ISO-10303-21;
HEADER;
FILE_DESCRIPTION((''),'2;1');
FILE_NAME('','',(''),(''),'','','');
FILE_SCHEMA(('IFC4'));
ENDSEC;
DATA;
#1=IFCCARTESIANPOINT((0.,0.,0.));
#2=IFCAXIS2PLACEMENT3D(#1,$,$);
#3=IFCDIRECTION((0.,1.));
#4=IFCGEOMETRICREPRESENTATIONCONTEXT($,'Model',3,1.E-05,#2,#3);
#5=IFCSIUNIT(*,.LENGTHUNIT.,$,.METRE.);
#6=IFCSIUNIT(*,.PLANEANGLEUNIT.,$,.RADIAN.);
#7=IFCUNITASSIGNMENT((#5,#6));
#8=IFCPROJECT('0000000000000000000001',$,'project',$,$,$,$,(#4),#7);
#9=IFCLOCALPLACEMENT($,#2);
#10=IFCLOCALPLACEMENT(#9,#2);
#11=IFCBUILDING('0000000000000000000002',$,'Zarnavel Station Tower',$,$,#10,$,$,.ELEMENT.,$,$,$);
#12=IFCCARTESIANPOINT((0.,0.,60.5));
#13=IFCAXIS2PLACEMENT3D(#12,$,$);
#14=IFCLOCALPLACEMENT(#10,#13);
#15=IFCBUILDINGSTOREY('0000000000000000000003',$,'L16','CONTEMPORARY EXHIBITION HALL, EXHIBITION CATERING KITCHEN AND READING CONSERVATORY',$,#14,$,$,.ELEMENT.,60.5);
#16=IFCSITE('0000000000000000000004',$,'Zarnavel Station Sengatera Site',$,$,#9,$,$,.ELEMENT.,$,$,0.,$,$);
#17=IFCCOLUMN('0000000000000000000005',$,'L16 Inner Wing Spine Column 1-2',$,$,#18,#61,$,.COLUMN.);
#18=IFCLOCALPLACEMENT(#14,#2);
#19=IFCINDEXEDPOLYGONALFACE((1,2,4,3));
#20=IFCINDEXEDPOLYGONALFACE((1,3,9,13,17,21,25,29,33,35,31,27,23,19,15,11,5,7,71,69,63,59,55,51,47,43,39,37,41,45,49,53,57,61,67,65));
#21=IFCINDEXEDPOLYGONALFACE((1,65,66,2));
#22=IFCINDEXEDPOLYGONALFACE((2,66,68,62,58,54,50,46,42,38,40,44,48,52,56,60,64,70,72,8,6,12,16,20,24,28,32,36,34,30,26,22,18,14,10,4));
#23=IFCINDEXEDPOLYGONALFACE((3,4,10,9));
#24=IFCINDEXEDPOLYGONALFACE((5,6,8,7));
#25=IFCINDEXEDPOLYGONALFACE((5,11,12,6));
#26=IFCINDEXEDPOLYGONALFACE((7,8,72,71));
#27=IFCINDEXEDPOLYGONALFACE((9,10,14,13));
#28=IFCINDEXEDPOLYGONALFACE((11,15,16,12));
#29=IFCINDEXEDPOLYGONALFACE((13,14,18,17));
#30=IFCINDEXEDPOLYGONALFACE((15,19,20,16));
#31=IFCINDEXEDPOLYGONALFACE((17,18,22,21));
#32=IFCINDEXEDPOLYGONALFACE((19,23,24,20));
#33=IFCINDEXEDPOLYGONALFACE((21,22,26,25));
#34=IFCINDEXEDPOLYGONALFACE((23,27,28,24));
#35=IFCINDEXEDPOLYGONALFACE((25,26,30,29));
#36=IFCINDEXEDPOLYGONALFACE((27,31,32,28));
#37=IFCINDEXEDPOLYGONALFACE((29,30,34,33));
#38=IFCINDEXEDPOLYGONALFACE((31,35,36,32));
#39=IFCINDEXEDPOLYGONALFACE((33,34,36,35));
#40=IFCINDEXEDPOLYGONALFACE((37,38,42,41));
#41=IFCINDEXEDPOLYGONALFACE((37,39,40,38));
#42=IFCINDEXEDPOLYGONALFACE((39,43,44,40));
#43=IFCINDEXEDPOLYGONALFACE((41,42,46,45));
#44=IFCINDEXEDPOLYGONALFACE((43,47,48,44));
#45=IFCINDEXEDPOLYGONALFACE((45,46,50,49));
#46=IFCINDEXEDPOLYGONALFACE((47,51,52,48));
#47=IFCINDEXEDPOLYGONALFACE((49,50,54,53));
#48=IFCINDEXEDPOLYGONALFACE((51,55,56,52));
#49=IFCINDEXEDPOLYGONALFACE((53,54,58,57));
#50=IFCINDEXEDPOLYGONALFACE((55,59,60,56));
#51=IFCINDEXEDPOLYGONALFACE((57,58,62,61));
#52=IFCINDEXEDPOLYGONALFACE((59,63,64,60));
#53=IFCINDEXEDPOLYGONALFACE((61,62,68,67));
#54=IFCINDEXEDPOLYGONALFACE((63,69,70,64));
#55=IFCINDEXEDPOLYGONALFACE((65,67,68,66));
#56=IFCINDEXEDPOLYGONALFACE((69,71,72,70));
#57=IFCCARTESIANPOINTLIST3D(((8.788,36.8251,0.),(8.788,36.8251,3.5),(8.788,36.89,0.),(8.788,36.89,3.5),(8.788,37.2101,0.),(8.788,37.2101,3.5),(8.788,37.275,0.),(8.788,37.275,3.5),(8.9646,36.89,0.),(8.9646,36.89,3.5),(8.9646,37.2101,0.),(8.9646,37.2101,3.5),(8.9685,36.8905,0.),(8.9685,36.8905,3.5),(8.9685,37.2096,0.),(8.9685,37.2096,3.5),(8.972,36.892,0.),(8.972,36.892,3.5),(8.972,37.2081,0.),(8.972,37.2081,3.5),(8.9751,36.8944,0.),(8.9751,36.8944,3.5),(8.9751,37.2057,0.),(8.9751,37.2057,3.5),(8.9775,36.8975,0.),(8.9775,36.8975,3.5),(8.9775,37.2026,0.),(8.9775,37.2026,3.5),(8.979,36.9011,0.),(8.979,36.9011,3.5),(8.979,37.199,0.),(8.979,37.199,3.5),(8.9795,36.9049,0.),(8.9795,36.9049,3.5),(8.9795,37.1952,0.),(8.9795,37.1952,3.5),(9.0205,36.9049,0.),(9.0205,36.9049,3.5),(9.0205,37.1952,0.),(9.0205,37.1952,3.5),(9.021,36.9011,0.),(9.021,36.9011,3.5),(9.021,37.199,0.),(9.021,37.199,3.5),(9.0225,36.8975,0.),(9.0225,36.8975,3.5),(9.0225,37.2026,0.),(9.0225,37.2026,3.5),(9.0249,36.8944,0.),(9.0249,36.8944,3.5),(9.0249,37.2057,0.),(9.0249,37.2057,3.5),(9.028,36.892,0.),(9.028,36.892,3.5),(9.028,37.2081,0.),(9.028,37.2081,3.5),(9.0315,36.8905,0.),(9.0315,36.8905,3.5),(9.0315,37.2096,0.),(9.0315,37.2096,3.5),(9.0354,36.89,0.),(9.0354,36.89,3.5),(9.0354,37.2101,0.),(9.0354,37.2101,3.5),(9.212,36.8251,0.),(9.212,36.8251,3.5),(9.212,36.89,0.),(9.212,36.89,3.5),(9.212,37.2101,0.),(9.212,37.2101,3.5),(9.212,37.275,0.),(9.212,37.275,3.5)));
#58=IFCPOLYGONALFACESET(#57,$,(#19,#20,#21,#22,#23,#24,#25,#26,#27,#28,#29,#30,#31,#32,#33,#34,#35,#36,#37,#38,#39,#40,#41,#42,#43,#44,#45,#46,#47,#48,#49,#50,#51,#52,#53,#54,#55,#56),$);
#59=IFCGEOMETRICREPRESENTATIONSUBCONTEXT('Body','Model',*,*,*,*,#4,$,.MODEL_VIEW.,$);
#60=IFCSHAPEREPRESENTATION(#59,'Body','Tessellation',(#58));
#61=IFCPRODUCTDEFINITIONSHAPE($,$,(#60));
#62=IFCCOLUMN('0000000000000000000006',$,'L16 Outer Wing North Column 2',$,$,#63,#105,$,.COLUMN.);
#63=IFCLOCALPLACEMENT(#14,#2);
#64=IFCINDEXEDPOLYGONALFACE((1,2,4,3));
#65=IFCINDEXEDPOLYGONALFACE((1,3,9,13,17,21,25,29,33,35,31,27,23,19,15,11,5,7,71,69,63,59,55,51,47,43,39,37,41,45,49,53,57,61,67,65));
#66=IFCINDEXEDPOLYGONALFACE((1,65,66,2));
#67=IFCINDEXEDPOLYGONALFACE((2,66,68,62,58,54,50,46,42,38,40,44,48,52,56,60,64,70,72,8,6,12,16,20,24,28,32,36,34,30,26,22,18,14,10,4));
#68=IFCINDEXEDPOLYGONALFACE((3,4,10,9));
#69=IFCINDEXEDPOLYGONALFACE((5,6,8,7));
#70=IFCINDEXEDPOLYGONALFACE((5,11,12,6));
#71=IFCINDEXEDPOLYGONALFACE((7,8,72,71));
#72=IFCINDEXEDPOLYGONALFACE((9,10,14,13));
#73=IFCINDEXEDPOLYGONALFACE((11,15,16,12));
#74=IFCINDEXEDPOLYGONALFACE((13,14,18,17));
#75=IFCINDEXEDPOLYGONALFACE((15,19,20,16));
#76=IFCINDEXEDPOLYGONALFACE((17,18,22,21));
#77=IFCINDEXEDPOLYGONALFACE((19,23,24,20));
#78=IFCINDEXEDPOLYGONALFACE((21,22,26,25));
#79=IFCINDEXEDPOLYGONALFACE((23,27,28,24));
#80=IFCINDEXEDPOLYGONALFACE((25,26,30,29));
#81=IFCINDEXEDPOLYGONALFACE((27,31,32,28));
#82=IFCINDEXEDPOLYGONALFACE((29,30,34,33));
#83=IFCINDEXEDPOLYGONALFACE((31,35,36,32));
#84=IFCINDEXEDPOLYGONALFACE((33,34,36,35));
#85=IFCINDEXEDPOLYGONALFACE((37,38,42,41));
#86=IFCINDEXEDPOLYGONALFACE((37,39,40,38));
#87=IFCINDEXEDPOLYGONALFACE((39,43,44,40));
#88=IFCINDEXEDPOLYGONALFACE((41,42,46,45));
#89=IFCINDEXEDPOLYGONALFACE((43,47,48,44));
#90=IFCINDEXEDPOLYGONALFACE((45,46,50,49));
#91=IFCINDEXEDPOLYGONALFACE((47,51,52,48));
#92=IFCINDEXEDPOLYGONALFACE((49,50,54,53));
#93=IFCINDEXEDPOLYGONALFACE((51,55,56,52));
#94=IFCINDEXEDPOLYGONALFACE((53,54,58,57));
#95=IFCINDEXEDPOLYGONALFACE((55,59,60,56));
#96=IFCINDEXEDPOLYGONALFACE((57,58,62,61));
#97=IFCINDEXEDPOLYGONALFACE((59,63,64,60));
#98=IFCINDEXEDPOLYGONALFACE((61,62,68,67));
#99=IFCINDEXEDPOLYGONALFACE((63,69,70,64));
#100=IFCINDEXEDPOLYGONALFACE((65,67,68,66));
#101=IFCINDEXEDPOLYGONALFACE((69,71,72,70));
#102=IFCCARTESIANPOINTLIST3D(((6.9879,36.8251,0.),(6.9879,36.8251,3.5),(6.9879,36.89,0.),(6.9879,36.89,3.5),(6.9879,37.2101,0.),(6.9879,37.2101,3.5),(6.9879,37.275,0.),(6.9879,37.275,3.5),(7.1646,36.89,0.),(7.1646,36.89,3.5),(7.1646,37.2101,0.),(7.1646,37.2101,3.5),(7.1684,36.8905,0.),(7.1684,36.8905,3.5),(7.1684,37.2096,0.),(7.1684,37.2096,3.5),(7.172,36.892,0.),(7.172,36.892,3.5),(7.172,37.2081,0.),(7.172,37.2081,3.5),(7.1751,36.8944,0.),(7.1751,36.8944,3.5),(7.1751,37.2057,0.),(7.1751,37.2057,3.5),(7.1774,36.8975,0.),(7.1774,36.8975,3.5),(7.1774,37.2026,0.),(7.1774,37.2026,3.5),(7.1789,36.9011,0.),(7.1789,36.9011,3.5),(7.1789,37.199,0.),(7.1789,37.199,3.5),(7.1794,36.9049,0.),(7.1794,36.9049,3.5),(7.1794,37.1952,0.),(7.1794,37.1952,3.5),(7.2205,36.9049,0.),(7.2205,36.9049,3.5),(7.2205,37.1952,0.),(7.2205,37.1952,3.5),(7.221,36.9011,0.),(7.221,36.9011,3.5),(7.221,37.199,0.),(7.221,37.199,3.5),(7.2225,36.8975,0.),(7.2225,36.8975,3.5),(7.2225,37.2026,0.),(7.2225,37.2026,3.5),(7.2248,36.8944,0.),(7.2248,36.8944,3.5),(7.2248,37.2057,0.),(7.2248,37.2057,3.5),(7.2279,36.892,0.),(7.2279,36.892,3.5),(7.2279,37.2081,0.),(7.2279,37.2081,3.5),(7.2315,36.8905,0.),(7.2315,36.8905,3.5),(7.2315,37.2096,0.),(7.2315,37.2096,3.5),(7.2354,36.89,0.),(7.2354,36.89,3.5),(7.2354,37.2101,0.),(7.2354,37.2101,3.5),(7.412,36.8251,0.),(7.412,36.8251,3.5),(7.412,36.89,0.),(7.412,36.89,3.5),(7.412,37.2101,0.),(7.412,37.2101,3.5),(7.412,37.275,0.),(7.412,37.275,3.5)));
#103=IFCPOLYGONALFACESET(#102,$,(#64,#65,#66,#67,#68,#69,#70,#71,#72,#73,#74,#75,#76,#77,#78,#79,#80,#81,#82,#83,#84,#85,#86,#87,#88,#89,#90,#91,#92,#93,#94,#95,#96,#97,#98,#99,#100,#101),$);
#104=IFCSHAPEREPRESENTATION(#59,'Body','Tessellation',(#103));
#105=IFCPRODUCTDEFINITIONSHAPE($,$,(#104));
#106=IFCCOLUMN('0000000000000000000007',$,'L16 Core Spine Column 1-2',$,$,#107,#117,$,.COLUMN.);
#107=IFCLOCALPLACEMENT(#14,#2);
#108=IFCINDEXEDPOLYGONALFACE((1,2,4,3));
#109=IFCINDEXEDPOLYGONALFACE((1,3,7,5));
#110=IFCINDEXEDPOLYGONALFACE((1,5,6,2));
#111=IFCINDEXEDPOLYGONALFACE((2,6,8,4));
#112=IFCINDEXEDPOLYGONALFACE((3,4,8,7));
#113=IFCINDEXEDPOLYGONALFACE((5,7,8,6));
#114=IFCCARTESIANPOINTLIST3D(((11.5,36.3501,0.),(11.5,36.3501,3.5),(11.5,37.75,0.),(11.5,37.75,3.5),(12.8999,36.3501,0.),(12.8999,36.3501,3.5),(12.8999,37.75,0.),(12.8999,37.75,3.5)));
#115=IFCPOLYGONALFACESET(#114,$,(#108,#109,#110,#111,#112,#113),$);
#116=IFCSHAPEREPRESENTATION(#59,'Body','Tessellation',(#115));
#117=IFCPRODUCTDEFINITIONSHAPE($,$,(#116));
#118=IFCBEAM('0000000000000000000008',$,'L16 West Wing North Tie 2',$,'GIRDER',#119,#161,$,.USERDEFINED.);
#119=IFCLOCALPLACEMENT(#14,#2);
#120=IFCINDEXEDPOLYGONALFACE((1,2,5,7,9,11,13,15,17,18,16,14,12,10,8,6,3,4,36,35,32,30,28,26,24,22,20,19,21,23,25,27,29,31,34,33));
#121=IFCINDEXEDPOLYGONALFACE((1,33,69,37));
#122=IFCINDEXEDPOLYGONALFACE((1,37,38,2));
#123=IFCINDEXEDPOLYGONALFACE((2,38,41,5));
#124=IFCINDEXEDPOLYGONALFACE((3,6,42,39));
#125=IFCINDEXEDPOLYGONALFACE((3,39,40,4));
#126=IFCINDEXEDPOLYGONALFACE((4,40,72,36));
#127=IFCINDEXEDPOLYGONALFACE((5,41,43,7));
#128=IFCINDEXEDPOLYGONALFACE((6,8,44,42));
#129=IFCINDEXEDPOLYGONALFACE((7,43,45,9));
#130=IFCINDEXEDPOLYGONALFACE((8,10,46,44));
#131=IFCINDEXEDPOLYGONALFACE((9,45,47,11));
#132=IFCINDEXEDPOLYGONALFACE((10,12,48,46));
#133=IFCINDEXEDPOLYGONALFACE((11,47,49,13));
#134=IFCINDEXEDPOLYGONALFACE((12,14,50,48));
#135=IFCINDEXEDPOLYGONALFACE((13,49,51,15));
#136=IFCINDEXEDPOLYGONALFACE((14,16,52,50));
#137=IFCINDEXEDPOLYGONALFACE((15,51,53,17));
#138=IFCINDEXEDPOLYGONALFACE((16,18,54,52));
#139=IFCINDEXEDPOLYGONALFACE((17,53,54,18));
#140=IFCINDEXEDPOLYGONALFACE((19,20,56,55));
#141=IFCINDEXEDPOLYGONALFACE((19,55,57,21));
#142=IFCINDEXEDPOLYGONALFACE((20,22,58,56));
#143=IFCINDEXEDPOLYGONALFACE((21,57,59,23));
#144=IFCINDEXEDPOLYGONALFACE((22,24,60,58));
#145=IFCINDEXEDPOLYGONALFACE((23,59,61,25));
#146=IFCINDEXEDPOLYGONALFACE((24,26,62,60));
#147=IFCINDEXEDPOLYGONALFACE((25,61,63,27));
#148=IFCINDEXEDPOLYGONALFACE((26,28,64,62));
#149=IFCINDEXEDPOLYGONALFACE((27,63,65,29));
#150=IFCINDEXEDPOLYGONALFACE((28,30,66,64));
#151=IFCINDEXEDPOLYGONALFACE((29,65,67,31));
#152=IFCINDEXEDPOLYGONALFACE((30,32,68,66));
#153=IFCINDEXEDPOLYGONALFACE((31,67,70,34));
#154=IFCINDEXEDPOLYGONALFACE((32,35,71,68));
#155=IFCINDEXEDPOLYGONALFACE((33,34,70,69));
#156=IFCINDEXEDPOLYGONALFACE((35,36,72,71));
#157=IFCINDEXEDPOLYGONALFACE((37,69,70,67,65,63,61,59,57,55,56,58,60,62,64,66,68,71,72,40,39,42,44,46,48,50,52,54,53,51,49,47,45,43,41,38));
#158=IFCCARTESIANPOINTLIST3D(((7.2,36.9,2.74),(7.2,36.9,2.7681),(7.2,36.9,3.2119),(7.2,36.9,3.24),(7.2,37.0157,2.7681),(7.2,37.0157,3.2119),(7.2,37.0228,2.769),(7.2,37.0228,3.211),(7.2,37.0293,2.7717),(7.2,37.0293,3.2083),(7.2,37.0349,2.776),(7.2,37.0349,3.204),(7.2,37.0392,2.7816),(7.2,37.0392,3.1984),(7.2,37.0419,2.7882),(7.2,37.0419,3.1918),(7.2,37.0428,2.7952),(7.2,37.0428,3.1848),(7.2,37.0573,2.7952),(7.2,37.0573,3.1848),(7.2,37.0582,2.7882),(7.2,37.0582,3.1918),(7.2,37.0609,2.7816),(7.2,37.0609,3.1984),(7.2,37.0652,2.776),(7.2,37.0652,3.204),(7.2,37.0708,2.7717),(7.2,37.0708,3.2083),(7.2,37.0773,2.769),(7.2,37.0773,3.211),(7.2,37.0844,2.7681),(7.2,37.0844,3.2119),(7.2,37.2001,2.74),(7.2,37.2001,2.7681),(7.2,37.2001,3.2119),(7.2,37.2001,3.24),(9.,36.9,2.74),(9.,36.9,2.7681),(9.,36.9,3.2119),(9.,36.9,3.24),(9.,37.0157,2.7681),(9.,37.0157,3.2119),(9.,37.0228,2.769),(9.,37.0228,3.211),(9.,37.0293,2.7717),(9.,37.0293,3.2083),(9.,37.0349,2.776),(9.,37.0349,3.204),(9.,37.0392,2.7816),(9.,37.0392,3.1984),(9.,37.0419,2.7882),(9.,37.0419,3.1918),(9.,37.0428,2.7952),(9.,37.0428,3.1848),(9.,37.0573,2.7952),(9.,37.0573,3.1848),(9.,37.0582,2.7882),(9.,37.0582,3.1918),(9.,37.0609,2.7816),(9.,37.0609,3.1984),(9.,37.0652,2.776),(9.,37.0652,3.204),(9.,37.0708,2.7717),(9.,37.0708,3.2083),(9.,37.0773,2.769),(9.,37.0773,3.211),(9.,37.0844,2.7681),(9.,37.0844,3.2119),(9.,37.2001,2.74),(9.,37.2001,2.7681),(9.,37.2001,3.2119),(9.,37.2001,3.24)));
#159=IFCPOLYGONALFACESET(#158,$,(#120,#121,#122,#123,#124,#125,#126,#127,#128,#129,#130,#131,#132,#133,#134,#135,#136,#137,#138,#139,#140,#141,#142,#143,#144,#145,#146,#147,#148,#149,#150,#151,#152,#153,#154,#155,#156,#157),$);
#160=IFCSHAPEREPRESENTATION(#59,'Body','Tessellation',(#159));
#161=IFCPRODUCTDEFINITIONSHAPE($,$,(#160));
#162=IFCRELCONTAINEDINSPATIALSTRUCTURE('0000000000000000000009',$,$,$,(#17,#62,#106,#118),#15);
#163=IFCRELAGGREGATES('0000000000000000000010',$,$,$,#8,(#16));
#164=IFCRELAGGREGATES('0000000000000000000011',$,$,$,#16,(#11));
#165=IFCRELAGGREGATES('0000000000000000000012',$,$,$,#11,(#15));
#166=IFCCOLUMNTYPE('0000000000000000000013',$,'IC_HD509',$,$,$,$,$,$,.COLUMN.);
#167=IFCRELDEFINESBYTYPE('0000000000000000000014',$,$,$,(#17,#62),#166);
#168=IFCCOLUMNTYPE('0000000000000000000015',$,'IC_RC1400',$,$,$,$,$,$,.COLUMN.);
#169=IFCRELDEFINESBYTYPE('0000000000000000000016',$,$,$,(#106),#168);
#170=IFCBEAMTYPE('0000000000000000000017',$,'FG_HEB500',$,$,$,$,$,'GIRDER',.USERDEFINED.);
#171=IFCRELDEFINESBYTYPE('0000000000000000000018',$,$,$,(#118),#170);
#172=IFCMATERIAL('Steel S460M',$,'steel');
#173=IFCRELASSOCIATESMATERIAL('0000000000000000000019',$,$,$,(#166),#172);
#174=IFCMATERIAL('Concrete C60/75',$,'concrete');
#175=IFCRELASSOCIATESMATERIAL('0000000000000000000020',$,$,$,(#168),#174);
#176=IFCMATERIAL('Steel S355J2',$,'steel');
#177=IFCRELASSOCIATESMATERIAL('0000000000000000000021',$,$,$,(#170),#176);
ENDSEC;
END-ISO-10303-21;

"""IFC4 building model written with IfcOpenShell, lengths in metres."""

from ifc_helpers import new_model, si_unit, direction, frame, origin, origin_2d, place, context, subcontext, project, spatial, rectangle, i_section, extrude, material, material_profile, profile_set, type_object, element, save


model = new_model("IFC4")

# Units and contexts
model_context = context("Model", 3, precision=1e-05, world=origin(), true_north=direction((0.0, 1.0)))
body_context = subcontext(model_context, "Body", "Model", "MODEL_VIEW")
ifc_project = project(units=[si_unit("LENGTHUNIT", "METRE"), si_unit("PLANEANGLEUNIT", "RADIAN")], contexts=[model_context])

# Site, building, storey
site_placement = place(None, origin())
site = spatial("IfcSite", under=ifc_project, at=site_placement, Name="Zarnavel Station Sengatera Site", CompositionType="ELEMENT", RefElevation=0.0)
building_placement = place(site_placement, origin())
building = spatial("IfcBuilding", under=site, at=building_placement, Name="Zarnavel Station Tower", CompositionType="ELEMENT")
storey_placement = place(building_placement, frame((0.0, 0.0, 60.5)))
storey = spatial("IfcBuildingStorey", under=building, at=storey_placement, Name="L16", Description="CONTEMPORARY EXHIBITION HALL, EXHIBITION CATERING KITCHEN AND READING CONSERVATORY", CompositionType="ELEMENT", Elevation=60.5)

# Columns
ifc_material_1 = material(Name="Steel S460M", Category="steel")
ifc_material_profile_1 = material_profile(ifc_material_1, i_section(OverallWidth=0.4241, OverallDepth=0.45, WebThickness=0.041, FlangeThickness=0.0649, FilletRadius=0.0149, at=origin_2d()), Name="HD400x509")
ifc_profile_set_1 = profile_set([ifc_material_profile_1], Name="Steel S460M")
column_type_1 = type_object("IfcColumnType", Name="IC_HD509", PredefinedType="COLUMN", material=ifc_profile_set_1)
for number, where, z_axis, x_axis, name in (
    (1, (9.0, 37.05, 0.0), (0.0, 0.0, 1.0), (1.0, 0.0, 0.0), "L16 Inner Wing Spine Column 1-2"),
    (2, (7.2, 37.05, 0.0), (0.0, 0.0, 1.0), (1.0, 0.0, 0.0), "L16 Outer Wing North Column 2"),
):
    element("IfcColumn", number, at=place(storey_placement, frame(where, z_axis=z_axis, x_axis=x_axis)), inside=storey, type_object=column_type_1, Name=name, PredefinedType="COLUMN", context=body_context, shape_type="SweptSolid", body=[
        extrude(i_section(OverallWidth=0.4241, OverallDepth=0.45, WebThickness=0.041, FlangeThickness=0.0649, FilletRadius=0.0149, at=origin_2d()), origin(), (0.0, 0.0, 1.0), 3.5),
    ])
ifc_material_2 = material(Name="Concrete C60/75", Category="concrete")
ifc_material_profile_2 = material_profile(ifc_material_2, rectangle(XDim=1.3999, YDim=1.3999, at=origin_2d()), Name="RC1400x1400")
ifc_profile_set_2 = profile_set([ifc_material_profile_2], Name="Concrete C60/75")
column_type_2 = type_object("IfcColumnType", Name="IC_RC1400", PredefinedType="COLUMN", material=ifc_profile_set_2)
column_placement = place(storey_placement, frame((12.2, 37.05, 0.0), z_axis=(0.0, 0.0, 1.0), x_axis=(1.0, 0.0, 0.0)))
element("IfcColumn", 3, at=column_placement, inside=storey, type_object=column_type_2, Name="L16 Core Spine Column 1-2", PredefinedType="COLUMN", context=body_context, shape_type="SweptSolid", body=[
    extrude(rectangle(XDim=1.3999, YDim=1.3999, at=origin_2d()), origin(), (0.0, 0.0, 1.0), 3.5),
])

# Beam
ifc_material_3 = material(Name="Steel S355J2", Category="steel")
ifc_material_profile_3 = material_profile(ifc_material_3, i_section(OverallWidth=0.3, OverallDepth=0.5, WebThickness=0.0144, FlangeThickness=0.0281, FilletRadius=0.0271, at=origin_2d()), Name="HEB500")
ifc_profile_set_3 = profile_set([ifc_material_profile_3], Name="Steel S355J2")
beam_type = type_object("IfcBeamType", Name="FG_HEB500", ElementType="GIRDER", PredefinedType="USERDEFINED", material=ifc_profile_set_3)
beam_1_placement = place(storey_placement, frame((7.2, 37.05, 2.99), z_axis=(1.0, 0.0, 0.0), x_axis=(0.0, 1.0, 0.0)))
element("IfcBeam", 4, at=beam_1_placement, inside=storey, type_object=beam_type, Name="L16 West Wing North Tie 2", ObjectType="GIRDER", PredefinedType="USERDEFINED", context=body_context, shape_type="SweptSolid", body=[
    extrude(i_section(OverallWidth=0.3, OverallDepth=0.5, WebThickness=0.0144, FlangeThickness=0.0281, FilletRadius=0.0271, at=origin_2d()), origin(), (0.0, 0.0, 1.0), 1.8),
])

save(model, "model.ifc")
